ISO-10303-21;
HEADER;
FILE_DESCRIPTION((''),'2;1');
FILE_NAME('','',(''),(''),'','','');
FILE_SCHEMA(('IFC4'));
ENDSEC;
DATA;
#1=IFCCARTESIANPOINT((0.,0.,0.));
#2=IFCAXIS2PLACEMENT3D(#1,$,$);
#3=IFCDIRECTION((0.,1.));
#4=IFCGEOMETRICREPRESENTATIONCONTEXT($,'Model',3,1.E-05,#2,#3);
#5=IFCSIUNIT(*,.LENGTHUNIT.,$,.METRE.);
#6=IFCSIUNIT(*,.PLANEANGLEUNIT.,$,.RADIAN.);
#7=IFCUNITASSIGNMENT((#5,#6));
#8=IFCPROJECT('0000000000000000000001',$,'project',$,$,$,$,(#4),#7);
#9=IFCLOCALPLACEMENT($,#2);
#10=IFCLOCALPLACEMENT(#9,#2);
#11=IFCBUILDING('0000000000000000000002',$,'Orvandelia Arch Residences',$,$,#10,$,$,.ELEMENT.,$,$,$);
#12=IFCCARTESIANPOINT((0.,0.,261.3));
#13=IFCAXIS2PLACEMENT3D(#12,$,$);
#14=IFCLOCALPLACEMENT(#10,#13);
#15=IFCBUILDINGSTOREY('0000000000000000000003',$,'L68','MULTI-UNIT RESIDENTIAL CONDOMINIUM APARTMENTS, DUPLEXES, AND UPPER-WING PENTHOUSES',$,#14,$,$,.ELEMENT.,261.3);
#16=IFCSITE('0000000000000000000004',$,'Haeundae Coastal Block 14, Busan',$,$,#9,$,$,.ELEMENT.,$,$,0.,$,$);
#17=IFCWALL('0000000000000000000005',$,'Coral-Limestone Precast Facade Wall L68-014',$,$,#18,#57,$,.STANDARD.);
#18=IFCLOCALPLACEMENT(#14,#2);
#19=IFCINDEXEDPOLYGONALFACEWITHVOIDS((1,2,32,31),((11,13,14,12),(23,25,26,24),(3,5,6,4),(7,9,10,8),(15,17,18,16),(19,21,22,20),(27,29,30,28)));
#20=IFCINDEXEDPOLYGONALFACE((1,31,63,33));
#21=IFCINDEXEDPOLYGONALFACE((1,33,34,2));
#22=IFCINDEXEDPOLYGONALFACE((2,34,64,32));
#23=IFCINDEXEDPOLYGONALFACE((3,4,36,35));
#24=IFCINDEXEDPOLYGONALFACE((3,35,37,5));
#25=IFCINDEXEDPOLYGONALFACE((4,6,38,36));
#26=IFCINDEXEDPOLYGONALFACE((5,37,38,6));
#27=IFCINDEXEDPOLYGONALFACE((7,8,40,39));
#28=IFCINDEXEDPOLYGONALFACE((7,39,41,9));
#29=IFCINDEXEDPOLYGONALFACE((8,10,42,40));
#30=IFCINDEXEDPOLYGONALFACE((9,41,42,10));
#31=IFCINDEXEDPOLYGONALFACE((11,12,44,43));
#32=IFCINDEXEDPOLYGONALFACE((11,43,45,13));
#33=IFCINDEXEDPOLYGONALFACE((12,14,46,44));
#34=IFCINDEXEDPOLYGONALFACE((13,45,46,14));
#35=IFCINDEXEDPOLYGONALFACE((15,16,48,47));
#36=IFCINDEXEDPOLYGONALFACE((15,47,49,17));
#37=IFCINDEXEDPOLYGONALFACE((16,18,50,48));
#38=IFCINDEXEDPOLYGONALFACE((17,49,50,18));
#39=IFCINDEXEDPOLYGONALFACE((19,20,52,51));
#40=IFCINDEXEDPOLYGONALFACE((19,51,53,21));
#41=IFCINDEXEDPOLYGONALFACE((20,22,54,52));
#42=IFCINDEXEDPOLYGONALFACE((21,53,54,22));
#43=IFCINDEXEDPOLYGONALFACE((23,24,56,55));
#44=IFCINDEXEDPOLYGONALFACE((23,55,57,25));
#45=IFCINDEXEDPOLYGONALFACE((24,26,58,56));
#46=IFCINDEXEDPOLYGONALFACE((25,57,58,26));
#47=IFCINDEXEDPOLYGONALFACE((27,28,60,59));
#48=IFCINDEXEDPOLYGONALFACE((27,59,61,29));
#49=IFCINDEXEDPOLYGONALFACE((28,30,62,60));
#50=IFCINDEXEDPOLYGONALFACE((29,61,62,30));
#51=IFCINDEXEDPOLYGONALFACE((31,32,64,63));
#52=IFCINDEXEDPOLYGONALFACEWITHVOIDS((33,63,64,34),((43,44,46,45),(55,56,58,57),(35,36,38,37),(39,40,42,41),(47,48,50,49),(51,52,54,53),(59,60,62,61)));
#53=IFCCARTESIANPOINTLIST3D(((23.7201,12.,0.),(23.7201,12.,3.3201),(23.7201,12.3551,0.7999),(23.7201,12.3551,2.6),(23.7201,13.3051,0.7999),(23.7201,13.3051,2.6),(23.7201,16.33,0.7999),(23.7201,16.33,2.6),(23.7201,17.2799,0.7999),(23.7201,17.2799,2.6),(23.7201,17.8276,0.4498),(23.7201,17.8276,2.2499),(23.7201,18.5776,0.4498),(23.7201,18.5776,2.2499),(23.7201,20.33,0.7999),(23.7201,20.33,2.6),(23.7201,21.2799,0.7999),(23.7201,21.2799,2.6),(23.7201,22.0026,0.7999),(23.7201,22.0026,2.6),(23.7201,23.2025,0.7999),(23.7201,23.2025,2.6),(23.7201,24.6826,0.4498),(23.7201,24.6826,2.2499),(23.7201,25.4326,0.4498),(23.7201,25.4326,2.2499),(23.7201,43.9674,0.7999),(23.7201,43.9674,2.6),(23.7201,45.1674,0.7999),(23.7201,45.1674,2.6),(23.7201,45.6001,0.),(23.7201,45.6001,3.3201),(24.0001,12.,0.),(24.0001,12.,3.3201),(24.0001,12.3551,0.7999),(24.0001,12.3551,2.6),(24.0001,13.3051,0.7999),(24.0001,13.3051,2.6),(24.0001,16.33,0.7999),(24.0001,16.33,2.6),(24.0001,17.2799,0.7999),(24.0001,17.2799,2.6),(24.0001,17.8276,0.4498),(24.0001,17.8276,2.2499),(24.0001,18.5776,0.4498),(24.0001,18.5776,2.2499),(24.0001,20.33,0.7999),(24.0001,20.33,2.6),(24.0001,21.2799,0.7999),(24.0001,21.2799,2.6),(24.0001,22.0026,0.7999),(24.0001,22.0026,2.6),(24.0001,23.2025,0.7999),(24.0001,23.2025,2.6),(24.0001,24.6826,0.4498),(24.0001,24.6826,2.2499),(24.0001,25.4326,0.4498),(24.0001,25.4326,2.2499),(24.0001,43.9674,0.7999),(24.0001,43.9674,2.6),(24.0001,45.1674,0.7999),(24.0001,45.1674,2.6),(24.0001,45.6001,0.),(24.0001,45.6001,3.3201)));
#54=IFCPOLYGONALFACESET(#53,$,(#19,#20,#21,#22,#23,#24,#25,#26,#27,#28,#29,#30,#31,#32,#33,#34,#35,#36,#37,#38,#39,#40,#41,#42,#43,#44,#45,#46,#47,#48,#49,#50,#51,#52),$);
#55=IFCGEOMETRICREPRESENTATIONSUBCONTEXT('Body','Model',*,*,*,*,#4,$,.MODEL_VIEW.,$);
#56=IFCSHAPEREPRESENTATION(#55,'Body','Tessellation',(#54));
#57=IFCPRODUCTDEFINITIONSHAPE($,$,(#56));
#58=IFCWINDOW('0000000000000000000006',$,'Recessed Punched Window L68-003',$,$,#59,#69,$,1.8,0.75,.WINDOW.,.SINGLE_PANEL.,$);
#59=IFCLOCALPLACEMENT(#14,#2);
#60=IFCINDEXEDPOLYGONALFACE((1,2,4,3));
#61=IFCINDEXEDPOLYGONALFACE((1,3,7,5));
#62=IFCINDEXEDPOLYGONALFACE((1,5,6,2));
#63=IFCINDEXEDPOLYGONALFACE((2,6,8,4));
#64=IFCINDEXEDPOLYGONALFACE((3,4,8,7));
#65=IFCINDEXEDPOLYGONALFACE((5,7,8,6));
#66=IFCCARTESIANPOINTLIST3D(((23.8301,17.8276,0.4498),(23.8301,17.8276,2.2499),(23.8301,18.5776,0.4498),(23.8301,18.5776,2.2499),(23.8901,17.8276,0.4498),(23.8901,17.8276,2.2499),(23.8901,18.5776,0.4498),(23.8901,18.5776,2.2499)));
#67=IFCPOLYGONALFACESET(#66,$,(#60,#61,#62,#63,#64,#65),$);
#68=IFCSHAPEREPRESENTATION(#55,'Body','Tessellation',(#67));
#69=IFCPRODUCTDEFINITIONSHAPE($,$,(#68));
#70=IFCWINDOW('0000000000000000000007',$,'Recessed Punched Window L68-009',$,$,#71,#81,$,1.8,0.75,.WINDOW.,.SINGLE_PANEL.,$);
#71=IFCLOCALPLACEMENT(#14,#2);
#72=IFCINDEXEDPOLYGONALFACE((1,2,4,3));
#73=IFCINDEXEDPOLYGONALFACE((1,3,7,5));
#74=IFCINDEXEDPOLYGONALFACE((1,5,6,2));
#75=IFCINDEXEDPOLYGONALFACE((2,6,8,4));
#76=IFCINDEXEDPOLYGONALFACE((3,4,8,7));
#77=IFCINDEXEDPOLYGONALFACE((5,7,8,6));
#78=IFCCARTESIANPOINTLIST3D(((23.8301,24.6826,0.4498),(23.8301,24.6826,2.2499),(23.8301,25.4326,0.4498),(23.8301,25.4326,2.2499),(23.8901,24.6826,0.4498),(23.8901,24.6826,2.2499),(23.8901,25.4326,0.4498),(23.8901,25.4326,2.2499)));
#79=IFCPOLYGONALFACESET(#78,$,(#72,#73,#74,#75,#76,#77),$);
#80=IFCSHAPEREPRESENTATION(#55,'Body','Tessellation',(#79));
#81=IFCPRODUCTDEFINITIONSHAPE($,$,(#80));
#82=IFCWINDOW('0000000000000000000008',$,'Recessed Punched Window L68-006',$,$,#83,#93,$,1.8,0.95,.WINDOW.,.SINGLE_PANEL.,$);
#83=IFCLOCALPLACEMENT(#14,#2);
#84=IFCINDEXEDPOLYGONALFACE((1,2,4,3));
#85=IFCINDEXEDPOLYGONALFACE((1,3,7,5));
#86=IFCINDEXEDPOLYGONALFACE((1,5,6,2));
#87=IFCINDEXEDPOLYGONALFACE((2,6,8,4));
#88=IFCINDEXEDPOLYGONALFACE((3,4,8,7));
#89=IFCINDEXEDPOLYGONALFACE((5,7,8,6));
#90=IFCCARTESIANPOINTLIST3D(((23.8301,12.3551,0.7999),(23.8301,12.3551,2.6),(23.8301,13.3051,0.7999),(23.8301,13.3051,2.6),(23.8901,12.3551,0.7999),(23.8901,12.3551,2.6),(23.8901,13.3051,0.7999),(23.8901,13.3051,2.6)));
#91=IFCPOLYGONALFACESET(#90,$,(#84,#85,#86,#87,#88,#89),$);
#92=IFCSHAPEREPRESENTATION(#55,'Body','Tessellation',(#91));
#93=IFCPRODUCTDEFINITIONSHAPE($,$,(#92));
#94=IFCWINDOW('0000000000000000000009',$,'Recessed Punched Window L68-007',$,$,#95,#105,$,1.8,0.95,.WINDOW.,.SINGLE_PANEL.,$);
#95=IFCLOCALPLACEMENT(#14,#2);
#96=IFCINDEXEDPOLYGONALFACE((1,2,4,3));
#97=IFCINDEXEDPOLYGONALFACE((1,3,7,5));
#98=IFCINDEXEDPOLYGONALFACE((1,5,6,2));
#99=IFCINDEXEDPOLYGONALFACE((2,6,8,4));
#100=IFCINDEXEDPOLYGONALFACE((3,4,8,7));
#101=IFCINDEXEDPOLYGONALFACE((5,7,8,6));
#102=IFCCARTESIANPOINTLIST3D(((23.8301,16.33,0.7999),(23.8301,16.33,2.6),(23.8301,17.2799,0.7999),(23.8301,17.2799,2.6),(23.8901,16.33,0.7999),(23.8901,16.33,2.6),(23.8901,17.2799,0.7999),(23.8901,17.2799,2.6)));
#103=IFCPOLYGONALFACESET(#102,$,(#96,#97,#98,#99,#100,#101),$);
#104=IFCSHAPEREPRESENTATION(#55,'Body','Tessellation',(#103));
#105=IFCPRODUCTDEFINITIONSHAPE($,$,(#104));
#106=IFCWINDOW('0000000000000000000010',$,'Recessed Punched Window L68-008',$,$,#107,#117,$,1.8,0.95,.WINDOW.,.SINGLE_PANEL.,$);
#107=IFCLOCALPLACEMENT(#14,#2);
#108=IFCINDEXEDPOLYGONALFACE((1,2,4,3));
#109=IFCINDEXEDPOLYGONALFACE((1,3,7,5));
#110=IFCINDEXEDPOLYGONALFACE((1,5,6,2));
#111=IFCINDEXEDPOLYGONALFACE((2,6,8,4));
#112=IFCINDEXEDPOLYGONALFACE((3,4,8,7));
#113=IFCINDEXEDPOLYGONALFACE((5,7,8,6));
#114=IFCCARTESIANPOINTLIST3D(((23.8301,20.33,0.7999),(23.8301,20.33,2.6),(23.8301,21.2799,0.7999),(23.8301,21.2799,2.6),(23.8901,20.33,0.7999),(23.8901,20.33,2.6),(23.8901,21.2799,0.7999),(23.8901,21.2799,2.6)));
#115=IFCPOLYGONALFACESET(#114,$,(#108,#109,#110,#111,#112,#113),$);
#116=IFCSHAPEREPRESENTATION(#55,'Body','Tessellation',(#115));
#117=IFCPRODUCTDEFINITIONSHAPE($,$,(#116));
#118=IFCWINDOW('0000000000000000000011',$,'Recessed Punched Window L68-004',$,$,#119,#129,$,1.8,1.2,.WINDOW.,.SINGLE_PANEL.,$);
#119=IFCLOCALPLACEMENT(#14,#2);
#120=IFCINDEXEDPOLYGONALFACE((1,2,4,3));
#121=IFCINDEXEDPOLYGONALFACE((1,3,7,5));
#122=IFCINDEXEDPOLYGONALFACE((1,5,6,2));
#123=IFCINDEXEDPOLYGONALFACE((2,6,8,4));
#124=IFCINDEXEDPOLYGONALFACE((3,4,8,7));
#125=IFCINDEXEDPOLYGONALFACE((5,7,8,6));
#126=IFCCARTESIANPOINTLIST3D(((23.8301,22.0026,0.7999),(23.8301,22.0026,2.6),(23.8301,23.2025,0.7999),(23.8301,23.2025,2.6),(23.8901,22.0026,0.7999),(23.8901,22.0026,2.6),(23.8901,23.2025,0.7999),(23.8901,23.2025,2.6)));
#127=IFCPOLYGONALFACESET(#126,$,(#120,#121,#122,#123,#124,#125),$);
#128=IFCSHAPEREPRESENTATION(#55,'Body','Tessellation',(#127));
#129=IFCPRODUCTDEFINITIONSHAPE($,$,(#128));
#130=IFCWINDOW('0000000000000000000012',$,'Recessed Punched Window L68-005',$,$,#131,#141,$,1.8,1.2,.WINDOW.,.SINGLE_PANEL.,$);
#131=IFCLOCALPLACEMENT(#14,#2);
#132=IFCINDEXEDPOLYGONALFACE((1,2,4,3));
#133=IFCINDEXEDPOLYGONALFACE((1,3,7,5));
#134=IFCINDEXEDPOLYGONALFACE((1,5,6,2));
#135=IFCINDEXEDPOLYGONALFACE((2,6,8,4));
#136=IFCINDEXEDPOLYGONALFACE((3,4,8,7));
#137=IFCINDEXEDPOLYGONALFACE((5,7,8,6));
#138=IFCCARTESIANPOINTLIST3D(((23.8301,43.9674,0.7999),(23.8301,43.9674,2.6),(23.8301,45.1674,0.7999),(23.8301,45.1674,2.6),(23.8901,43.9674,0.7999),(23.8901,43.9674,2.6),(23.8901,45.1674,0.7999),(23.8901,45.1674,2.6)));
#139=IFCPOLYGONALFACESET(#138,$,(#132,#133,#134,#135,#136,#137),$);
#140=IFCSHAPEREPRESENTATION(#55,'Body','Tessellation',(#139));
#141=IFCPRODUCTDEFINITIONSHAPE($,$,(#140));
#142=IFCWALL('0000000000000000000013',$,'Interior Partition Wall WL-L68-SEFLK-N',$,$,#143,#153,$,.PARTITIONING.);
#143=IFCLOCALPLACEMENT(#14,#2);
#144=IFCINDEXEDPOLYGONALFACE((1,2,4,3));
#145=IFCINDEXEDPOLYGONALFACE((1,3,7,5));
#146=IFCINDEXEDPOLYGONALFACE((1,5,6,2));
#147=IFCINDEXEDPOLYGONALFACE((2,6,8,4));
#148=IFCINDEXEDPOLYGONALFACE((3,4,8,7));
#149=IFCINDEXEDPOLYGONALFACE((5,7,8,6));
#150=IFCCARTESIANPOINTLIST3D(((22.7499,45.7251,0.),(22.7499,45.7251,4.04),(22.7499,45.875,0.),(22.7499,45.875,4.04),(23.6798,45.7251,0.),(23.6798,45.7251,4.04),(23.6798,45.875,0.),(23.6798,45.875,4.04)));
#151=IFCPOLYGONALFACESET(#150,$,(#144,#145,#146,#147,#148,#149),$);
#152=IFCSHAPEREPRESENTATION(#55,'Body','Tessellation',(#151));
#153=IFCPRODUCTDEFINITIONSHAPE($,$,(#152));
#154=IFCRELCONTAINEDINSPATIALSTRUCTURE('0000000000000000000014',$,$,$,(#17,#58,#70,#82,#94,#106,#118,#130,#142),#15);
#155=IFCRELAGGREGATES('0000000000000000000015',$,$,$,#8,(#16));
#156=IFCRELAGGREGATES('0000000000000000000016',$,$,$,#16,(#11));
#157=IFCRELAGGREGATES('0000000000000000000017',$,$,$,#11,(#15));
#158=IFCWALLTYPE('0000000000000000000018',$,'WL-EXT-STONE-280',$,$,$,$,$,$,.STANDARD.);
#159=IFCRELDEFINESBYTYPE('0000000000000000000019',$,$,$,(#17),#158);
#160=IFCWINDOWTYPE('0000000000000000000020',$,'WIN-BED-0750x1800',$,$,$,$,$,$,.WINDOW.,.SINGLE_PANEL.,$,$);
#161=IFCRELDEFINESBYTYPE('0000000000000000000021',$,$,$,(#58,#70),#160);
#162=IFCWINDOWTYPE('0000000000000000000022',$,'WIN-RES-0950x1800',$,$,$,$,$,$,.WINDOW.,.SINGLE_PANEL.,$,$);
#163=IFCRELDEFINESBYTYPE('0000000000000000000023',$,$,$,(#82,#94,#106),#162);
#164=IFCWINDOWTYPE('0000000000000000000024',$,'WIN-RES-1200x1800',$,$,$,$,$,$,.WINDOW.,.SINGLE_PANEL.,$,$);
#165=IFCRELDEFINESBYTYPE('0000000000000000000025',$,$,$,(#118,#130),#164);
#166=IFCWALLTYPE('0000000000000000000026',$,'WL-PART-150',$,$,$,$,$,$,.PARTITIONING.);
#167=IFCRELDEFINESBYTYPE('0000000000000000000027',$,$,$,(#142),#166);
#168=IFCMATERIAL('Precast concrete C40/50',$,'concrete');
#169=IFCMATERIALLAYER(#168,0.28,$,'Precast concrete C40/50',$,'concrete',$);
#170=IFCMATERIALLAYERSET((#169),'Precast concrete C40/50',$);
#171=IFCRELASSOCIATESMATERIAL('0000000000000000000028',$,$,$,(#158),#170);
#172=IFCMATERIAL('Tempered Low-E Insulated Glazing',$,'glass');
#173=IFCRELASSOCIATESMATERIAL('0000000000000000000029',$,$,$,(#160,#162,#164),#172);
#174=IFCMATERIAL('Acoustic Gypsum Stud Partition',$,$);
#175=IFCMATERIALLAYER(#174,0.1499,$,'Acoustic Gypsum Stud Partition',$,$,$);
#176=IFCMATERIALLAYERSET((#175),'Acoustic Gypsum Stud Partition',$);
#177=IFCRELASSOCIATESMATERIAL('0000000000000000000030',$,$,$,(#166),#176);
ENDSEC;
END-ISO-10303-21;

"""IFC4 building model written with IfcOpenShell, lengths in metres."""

from ifc_helpers import new_model, si_unit, direction, frame, frame_2d, origin, place, context, subcontext, project, spatial, rectangle, extrude, material, layer, layer_set, type_object, element, fill, save


model = new_model("IFC4")

# Units and contexts
model_context = context("Model", 3, precision=1e-05, world=origin(), true_north=direction((0.0, 1.0)))
body_context = subcontext(model_context, "Body", "Model", "MODEL_VIEW")
ifc_project = project(units=[si_unit("LENGTHUNIT", "METRE"), si_unit("PLANEANGLEUNIT", "RADIAN")], contexts=[model_context])

# Site, building, storey
site_placement = place(None, origin())
site = spatial("IfcSite", under=ifc_project, at=site_placement, Name="Haeundae Coastal Block 14, Busan", CompositionType="ELEMENT", RefElevation=0.0)
building_placement = place(site_placement, origin())
building = spatial("IfcBuilding", under=site, at=building_placement, Name="Orvandelia Arch Residences", CompositionType="ELEMENT")
storey_placement = place(building_placement, frame((0.0, 0.0, 261.3)))
storey = spatial("IfcBuildingStorey", under=building, at=storey_placement, Name="L68", Description="MULTI-UNIT RESIDENTIAL CONDOMINIUM APARTMENTS, DUPLEXES, AND UPPER-WING PENTHOUSES", CompositionType="ELEMENT", Elevation=261.3)

# Shared definitions
ifc_material_1 = material(Name="Precast concrete C40/50", Category="concrete")
ifc_layer_1 = layer(ifc_material_1, 0.28, Name="Precast concrete C40/50", Category="concrete")
ifc_layer_set_1 = layer_set([ifc_layer_1], Name="Precast concrete C40/50")
wall_type_1 = type_object("IfcWallType", Name="WL-EXT-STONE-280", PredefinedType="STANDARD", material=ifc_layer_set_1)

# Wall, openings, windows
wall_1_placement = place(storey_placement, frame((23.8601, 45.6001, 0.0), z_axis=(0.0, 0.0, 1.0), x_axis=(0.0, -1.0, 0.0)))
wall_1 = element("IfcWall", 1, at=wall_1_placement, inside=storey, type_object=wall_type_1, Name="Coral-Limestone Precast Facade Wall L68-014", PredefinedType="STANDARD", context=body_context, shape_type="SweptSolid", body=[
    extrude(rectangle(XDim=33.6001, YDim=0.28, at=frame_2d((16.8, 0.0))), origin(), (0.0, 0.0, 1.0), 3.3201),
])
opening_1_placement = place(wall_1_placement, frame((27.0225, 0.0, 0.45)))
opening_1 = element("IfcOpeningElement", 2, at=opening_1_placement, cuts=wall_1, PredefinedType="OPENING", context=body_context, shape_type="SweptSolid", body=[
    extrude(rectangle(XDim=0.75, YDim=1.8, at=frame_2d((0.375, 0.8999))), frame((0.0, 0.1499, 0.0), z_axis=(0.0, -1.0, 0.0), x_axis=(1.0, 0.0, 0.0)), (0.0, 0.0, 1.0), 0.3),
])
opening_2_placement = place(wall_1_placement, frame((22.3975, 0.0, 0.8)))
opening_2 = element("IfcOpeningElement", 3, at=opening_2_placement, cuts=wall_1, PredefinedType="OPENING", context=body_context, shape_type="SweptSolid", body=[
    extrude(rectangle(XDim=1.2, YDim=1.8, at=frame_2d((0.6001, 0.8999))), frame((0.0, 0.1499, 0.0), z_axis=(0.0, -1.0, 0.0), x_axis=(1.0, 0.0, 0.0)), (0.0, 0.0, 1.0), 0.3),
])
opening_3_placement = place(wall_1_placement, frame((0.4326, 0.0, 0.8)))
opening_3 = element("IfcOpeningElement", 4, at=opening_3_placement, cuts=wall_1, PredefinedType="OPENING", context=body_context, shape_type="SweptSolid", body=[
    extrude(rectangle(XDim=1.2, YDim=1.8, at=frame_2d((0.6001, 0.8999))), frame((0.0, 0.1499, 0.0), z_axis=(0.0, -1.0, 0.0), x_axis=(1.0, 0.0, 0.0)), (0.0, 0.0, 1.0), 0.3),
])
opening_4_placement = place(wall_1_placement, frame((32.2949, 0.0, 0.8)))
opening_4 = element("IfcOpeningElement", 5, at=opening_4_placement, cuts=wall_1, PredefinedType="OPENING", context=body_context, shape_type="SweptSolid", body=[
    extrude(rectangle(XDim=0.95, YDim=1.8, at=frame_2d((0.4751, 0.8999))), frame((0.0, 0.1499, 0.0), z_axis=(0.0, -1.0, 0.0), x_axis=(1.0, 0.0, 0.0)), (0.0, 0.0, 1.0), 0.3),
])
opening_5_placement = place(wall_1_placement, frame((28.3201, 0.0, 0.8)))
opening_5 = element("IfcOpeningElement", 6, at=opening_5_placement, cuts=wall_1, PredefinedType="OPENING", context=body_context, shape_type="SweptSolid", body=[
    extrude(rectangle(XDim=0.95, YDim=1.8, at=frame_2d((0.4751, 0.8999))), frame((0.0, 0.1499, 0.0), z_axis=(0.0, -1.0, 0.0), x_axis=(1.0, 0.0, 0.0)), (0.0, 0.0, 1.0), 0.3),
])
opening_6_placement = place(wall_1_placement, frame((24.3201, 0.0, 0.8)))
opening_6 = element("IfcOpeningElement", 7, at=opening_6_placement, cuts=wall_1, PredefinedType="OPENING", context=body_context, shape_type="SweptSolid", body=[
    extrude(rectangle(XDim=0.95, YDim=1.8, at=frame_2d((0.4751, 0.8999))), frame((0.0, 0.1499, 0.0), z_axis=(0.0, -1.0, 0.0), x_axis=(1.0, 0.0, 0.0)), (0.0, 0.0, 1.0), 0.3),
])
opening_7_placement = place(wall_1_placement, frame((20.1675, 0.0, 0.45)))
opening_7 = element("IfcOpeningElement", 8, at=opening_7_placement, cuts=wall_1, PredefinedType="OPENING", context=body_context, shape_type="SweptSolid", body=[
    extrude(rectangle(XDim=0.75, YDim=1.8, at=frame_2d((0.375, 0.8999))), frame((0.0, 0.1499, 0.0), z_axis=(0.0, -1.0, 0.0), x_axis=(1.0, 0.0, 0.0)), (0.0, 0.0, 1.0), 0.3),
])
ifc_material_2 = material(Name="Tempered Low-E Insulated Glazing", Category="glass")
window_type_1 = type_object("IfcWindowType", Name="WIN-BED-0750x1800", PartitioningType="SINGLE_PANEL", PredefinedType="WINDOW", material=ifc_material_2)
window_1_placement = place(opening_1_placement, origin())
window_1 = element("IfcWindow", 9, at=window_1_placement, inside=storey, type_object=window_type_1, Name="Recessed Punched Window L68-003", OverallHeight=1.8, OverallWidth=0.75, PartitioningType="SINGLE_PANEL", PredefinedType="WINDOW", context=body_context, shape_type="SweptSolid", body=[
    extrude(rectangle(XDim=0.75, YDim=1.8, at=frame_2d((0.375, 0.8999))), frame((0.0, 0.03, 0.0), z_axis=(0.0, -1.0, 0.0), x_axis=(1.0, 0.0, 0.0)), (0.0, 0.0, 1.0), 0.0601),
])
fill(opening_1, window_1)
window_2_placement = place(opening_7_placement, origin())
window_2 = element("IfcWindow", 10, at=window_2_placement, inside=storey, type_object=window_type_1, Name="Recessed Punched Window L68-009", OverallHeight=1.8, OverallWidth=0.75, PartitioningType="SINGLE_PANEL", PredefinedType="WINDOW", context=body_context, shape_type="SweptSolid", body=[
    extrude(rectangle(XDim=0.75, YDim=1.8, at=frame_2d((0.375, 0.8999))), frame((0.0, 0.03, 0.0), z_axis=(0.0, -1.0, 0.0), x_axis=(1.0, 0.0, 0.0)), (0.0, 0.0, 1.0), 0.0601),
])
fill(opening_7, window_2)
window_type_2 = type_object("IfcWindowType", Name="WIN-RES-0950x1800", PartitioningType="SINGLE_PANEL", PredefinedType="WINDOW", material=ifc_material_2)
window_3_placement = place(opening_4_placement, origin())
window_3 = element("IfcWindow", 11, at=window_3_placement, inside=storey, type_object=window_type_2, Name="Recessed Punched Window L68-006", OverallHeight=1.8, OverallWidth=0.95, PartitioningType="SINGLE_PANEL", PredefinedType="WINDOW", context=body_context, shape_type="SweptSolid", body=[
    extrude(rectangle(XDim=0.95, YDim=1.8, at=frame_2d((0.4751, 0.8999))), frame((0.0, 0.03, 0.0), z_axis=(0.0, -1.0, 0.0), x_axis=(1.0, 0.0, 0.0)), (0.0, 0.0, 1.0), 0.0601),
])
fill(opening_4, window_3)
window_4_placement = place(opening_5_placement, origin())
window_4 = element("IfcWindow", 12, at=window_4_placement, inside=storey, type_object=window_type_2, Name="Recessed Punched Window L68-007", OverallHeight=1.8, OverallWidth=0.95, PartitioningType="SINGLE_PANEL", PredefinedType="WINDOW", context=body_context, shape_type="SweptSolid", body=[
    extrude(rectangle(XDim=0.95, YDim=1.8, at=frame_2d((0.4751, 0.8999))), frame((0.0, 0.03, 0.0), z_axis=(0.0, -1.0, 0.0), x_axis=(1.0, 0.0, 0.0)), (0.0, 0.0, 1.0), 0.0601),
])
fill(opening_5, window_4)
window_5_placement = place(opening_6_placement, origin())
window_5 = element("IfcWindow", 13, at=window_5_placement, inside=storey, type_object=window_type_2, Name="Recessed Punched Window L68-008", OverallHeight=1.8, OverallWidth=0.95, PartitioningType="SINGLE_PANEL", PredefinedType="WINDOW", context=body_context, shape_type="SweptSolid", body=[
    extrude(rectangle(XDim=0.95, YDim=1.8, at=frame_2d((0.4751, 0.8999))), frame((0.0, 0.03, 0.0), z_axis=(0.0, -1.0, 0.0), x_axis=(1.0, 0.0, 0.0)), (0.0, 0.0, 1.0), 0.0601),
])
fill(opening_6, window_5)
window_type_3 = type_object("IfcWindowType", Name="WIN-RES-1200x1800", PartitioningType="SINGLE_PANEL", PredefinedType="WINDOW", material=ifc_material_2)
window_6_placement = place(opening_2_placement, origin())
window_6 = element("IfcWindow", 14, at=window_6_placement, inside=storey, type_object=window_type_3, Name="Recessed Punched Window L68-004", OverallHeight=1.8, OverallWidth=1.2, PartitioningType="SINGLE_PANEL", PredefinedType="WINDOW", context=body_context, shape_type="SweptSolid", body=[
    extrude(rectangle(XDim=1.2, YDim=1.8, at=frame_2d((0.6001, 0.8999))), frame((0.0, 0.03, 0.0), z_axis=(0.0, -1.0, 0.0), x_axis=(1.0, 0.0, 0.0)), (0.0, 0.0, 1.0), 0.0601),
])
fill(opening_2, window_6)
window_7_placement = place(opening_3_placement, origin())
window_7 = element("IfcWindow", 15, at=window_7_placement, inside=storey, type_object=window_type_3, Name="Recessed Punched Window L68-005", OverallHeight=1.8, OverallWidth=1.2, PartitioningType="SINGLE_PANEL", PredefinedType="WINDOW", context=body_context, shape_type="SweptSolid", body=[
    extrude(rectangle(XDim=1.2, YDim=1.8, at=frame_2d((0.6001, 0.8999))), frame((0.0, 0.03, 0.0), z_axis=(0.0, -1.0, 0.0), x_axis=(1.0, 0.0, 0.0)), (0.0, 0.0, 1.0), 0.0601),
])
fill(opening_3, window_7)

# Wall
ifc_material_3 = material(Name="Acoustic Gypsum Stud Partition")
ifc_layer_2 = layer(ifc_material_3, 0.1499, Name="Acoustic Gypsum Stud Partition")
ifc_layer_set_2 = layer_set([ifc_layer_2], Name="Acoustic Gypsum Stud Partition")
wall_type_2 = type_object("IfcWallType", Name="WL-PART-150", PredefinedType="PARTITIONING", material=ifc_layer_set_2)
wall_2_placement = place(storey_placement, frame((22.75, 45.8, 0.0), z_axis=(0.0, 0.0, 1.0), x_axis=(1.0, 0.0, 0.0)))
element("IfcWall", 16, at=wall_2_placement, inside=storey, type_object=wall_type_2, Name="Interior Partition Wall WL-L68-SEFLK-N", PredefinedType="PARTITIONING", context=body_context, shape_type="SweptSolid", body=[
    extrude(rectangle(XDim=0.9299, YDim=0.1499, at=frame_2d((0.4648, 0.0))), origin(), (0.0, 0.0, 1.0), 4.04),
])

save(model, "model.ifc")
